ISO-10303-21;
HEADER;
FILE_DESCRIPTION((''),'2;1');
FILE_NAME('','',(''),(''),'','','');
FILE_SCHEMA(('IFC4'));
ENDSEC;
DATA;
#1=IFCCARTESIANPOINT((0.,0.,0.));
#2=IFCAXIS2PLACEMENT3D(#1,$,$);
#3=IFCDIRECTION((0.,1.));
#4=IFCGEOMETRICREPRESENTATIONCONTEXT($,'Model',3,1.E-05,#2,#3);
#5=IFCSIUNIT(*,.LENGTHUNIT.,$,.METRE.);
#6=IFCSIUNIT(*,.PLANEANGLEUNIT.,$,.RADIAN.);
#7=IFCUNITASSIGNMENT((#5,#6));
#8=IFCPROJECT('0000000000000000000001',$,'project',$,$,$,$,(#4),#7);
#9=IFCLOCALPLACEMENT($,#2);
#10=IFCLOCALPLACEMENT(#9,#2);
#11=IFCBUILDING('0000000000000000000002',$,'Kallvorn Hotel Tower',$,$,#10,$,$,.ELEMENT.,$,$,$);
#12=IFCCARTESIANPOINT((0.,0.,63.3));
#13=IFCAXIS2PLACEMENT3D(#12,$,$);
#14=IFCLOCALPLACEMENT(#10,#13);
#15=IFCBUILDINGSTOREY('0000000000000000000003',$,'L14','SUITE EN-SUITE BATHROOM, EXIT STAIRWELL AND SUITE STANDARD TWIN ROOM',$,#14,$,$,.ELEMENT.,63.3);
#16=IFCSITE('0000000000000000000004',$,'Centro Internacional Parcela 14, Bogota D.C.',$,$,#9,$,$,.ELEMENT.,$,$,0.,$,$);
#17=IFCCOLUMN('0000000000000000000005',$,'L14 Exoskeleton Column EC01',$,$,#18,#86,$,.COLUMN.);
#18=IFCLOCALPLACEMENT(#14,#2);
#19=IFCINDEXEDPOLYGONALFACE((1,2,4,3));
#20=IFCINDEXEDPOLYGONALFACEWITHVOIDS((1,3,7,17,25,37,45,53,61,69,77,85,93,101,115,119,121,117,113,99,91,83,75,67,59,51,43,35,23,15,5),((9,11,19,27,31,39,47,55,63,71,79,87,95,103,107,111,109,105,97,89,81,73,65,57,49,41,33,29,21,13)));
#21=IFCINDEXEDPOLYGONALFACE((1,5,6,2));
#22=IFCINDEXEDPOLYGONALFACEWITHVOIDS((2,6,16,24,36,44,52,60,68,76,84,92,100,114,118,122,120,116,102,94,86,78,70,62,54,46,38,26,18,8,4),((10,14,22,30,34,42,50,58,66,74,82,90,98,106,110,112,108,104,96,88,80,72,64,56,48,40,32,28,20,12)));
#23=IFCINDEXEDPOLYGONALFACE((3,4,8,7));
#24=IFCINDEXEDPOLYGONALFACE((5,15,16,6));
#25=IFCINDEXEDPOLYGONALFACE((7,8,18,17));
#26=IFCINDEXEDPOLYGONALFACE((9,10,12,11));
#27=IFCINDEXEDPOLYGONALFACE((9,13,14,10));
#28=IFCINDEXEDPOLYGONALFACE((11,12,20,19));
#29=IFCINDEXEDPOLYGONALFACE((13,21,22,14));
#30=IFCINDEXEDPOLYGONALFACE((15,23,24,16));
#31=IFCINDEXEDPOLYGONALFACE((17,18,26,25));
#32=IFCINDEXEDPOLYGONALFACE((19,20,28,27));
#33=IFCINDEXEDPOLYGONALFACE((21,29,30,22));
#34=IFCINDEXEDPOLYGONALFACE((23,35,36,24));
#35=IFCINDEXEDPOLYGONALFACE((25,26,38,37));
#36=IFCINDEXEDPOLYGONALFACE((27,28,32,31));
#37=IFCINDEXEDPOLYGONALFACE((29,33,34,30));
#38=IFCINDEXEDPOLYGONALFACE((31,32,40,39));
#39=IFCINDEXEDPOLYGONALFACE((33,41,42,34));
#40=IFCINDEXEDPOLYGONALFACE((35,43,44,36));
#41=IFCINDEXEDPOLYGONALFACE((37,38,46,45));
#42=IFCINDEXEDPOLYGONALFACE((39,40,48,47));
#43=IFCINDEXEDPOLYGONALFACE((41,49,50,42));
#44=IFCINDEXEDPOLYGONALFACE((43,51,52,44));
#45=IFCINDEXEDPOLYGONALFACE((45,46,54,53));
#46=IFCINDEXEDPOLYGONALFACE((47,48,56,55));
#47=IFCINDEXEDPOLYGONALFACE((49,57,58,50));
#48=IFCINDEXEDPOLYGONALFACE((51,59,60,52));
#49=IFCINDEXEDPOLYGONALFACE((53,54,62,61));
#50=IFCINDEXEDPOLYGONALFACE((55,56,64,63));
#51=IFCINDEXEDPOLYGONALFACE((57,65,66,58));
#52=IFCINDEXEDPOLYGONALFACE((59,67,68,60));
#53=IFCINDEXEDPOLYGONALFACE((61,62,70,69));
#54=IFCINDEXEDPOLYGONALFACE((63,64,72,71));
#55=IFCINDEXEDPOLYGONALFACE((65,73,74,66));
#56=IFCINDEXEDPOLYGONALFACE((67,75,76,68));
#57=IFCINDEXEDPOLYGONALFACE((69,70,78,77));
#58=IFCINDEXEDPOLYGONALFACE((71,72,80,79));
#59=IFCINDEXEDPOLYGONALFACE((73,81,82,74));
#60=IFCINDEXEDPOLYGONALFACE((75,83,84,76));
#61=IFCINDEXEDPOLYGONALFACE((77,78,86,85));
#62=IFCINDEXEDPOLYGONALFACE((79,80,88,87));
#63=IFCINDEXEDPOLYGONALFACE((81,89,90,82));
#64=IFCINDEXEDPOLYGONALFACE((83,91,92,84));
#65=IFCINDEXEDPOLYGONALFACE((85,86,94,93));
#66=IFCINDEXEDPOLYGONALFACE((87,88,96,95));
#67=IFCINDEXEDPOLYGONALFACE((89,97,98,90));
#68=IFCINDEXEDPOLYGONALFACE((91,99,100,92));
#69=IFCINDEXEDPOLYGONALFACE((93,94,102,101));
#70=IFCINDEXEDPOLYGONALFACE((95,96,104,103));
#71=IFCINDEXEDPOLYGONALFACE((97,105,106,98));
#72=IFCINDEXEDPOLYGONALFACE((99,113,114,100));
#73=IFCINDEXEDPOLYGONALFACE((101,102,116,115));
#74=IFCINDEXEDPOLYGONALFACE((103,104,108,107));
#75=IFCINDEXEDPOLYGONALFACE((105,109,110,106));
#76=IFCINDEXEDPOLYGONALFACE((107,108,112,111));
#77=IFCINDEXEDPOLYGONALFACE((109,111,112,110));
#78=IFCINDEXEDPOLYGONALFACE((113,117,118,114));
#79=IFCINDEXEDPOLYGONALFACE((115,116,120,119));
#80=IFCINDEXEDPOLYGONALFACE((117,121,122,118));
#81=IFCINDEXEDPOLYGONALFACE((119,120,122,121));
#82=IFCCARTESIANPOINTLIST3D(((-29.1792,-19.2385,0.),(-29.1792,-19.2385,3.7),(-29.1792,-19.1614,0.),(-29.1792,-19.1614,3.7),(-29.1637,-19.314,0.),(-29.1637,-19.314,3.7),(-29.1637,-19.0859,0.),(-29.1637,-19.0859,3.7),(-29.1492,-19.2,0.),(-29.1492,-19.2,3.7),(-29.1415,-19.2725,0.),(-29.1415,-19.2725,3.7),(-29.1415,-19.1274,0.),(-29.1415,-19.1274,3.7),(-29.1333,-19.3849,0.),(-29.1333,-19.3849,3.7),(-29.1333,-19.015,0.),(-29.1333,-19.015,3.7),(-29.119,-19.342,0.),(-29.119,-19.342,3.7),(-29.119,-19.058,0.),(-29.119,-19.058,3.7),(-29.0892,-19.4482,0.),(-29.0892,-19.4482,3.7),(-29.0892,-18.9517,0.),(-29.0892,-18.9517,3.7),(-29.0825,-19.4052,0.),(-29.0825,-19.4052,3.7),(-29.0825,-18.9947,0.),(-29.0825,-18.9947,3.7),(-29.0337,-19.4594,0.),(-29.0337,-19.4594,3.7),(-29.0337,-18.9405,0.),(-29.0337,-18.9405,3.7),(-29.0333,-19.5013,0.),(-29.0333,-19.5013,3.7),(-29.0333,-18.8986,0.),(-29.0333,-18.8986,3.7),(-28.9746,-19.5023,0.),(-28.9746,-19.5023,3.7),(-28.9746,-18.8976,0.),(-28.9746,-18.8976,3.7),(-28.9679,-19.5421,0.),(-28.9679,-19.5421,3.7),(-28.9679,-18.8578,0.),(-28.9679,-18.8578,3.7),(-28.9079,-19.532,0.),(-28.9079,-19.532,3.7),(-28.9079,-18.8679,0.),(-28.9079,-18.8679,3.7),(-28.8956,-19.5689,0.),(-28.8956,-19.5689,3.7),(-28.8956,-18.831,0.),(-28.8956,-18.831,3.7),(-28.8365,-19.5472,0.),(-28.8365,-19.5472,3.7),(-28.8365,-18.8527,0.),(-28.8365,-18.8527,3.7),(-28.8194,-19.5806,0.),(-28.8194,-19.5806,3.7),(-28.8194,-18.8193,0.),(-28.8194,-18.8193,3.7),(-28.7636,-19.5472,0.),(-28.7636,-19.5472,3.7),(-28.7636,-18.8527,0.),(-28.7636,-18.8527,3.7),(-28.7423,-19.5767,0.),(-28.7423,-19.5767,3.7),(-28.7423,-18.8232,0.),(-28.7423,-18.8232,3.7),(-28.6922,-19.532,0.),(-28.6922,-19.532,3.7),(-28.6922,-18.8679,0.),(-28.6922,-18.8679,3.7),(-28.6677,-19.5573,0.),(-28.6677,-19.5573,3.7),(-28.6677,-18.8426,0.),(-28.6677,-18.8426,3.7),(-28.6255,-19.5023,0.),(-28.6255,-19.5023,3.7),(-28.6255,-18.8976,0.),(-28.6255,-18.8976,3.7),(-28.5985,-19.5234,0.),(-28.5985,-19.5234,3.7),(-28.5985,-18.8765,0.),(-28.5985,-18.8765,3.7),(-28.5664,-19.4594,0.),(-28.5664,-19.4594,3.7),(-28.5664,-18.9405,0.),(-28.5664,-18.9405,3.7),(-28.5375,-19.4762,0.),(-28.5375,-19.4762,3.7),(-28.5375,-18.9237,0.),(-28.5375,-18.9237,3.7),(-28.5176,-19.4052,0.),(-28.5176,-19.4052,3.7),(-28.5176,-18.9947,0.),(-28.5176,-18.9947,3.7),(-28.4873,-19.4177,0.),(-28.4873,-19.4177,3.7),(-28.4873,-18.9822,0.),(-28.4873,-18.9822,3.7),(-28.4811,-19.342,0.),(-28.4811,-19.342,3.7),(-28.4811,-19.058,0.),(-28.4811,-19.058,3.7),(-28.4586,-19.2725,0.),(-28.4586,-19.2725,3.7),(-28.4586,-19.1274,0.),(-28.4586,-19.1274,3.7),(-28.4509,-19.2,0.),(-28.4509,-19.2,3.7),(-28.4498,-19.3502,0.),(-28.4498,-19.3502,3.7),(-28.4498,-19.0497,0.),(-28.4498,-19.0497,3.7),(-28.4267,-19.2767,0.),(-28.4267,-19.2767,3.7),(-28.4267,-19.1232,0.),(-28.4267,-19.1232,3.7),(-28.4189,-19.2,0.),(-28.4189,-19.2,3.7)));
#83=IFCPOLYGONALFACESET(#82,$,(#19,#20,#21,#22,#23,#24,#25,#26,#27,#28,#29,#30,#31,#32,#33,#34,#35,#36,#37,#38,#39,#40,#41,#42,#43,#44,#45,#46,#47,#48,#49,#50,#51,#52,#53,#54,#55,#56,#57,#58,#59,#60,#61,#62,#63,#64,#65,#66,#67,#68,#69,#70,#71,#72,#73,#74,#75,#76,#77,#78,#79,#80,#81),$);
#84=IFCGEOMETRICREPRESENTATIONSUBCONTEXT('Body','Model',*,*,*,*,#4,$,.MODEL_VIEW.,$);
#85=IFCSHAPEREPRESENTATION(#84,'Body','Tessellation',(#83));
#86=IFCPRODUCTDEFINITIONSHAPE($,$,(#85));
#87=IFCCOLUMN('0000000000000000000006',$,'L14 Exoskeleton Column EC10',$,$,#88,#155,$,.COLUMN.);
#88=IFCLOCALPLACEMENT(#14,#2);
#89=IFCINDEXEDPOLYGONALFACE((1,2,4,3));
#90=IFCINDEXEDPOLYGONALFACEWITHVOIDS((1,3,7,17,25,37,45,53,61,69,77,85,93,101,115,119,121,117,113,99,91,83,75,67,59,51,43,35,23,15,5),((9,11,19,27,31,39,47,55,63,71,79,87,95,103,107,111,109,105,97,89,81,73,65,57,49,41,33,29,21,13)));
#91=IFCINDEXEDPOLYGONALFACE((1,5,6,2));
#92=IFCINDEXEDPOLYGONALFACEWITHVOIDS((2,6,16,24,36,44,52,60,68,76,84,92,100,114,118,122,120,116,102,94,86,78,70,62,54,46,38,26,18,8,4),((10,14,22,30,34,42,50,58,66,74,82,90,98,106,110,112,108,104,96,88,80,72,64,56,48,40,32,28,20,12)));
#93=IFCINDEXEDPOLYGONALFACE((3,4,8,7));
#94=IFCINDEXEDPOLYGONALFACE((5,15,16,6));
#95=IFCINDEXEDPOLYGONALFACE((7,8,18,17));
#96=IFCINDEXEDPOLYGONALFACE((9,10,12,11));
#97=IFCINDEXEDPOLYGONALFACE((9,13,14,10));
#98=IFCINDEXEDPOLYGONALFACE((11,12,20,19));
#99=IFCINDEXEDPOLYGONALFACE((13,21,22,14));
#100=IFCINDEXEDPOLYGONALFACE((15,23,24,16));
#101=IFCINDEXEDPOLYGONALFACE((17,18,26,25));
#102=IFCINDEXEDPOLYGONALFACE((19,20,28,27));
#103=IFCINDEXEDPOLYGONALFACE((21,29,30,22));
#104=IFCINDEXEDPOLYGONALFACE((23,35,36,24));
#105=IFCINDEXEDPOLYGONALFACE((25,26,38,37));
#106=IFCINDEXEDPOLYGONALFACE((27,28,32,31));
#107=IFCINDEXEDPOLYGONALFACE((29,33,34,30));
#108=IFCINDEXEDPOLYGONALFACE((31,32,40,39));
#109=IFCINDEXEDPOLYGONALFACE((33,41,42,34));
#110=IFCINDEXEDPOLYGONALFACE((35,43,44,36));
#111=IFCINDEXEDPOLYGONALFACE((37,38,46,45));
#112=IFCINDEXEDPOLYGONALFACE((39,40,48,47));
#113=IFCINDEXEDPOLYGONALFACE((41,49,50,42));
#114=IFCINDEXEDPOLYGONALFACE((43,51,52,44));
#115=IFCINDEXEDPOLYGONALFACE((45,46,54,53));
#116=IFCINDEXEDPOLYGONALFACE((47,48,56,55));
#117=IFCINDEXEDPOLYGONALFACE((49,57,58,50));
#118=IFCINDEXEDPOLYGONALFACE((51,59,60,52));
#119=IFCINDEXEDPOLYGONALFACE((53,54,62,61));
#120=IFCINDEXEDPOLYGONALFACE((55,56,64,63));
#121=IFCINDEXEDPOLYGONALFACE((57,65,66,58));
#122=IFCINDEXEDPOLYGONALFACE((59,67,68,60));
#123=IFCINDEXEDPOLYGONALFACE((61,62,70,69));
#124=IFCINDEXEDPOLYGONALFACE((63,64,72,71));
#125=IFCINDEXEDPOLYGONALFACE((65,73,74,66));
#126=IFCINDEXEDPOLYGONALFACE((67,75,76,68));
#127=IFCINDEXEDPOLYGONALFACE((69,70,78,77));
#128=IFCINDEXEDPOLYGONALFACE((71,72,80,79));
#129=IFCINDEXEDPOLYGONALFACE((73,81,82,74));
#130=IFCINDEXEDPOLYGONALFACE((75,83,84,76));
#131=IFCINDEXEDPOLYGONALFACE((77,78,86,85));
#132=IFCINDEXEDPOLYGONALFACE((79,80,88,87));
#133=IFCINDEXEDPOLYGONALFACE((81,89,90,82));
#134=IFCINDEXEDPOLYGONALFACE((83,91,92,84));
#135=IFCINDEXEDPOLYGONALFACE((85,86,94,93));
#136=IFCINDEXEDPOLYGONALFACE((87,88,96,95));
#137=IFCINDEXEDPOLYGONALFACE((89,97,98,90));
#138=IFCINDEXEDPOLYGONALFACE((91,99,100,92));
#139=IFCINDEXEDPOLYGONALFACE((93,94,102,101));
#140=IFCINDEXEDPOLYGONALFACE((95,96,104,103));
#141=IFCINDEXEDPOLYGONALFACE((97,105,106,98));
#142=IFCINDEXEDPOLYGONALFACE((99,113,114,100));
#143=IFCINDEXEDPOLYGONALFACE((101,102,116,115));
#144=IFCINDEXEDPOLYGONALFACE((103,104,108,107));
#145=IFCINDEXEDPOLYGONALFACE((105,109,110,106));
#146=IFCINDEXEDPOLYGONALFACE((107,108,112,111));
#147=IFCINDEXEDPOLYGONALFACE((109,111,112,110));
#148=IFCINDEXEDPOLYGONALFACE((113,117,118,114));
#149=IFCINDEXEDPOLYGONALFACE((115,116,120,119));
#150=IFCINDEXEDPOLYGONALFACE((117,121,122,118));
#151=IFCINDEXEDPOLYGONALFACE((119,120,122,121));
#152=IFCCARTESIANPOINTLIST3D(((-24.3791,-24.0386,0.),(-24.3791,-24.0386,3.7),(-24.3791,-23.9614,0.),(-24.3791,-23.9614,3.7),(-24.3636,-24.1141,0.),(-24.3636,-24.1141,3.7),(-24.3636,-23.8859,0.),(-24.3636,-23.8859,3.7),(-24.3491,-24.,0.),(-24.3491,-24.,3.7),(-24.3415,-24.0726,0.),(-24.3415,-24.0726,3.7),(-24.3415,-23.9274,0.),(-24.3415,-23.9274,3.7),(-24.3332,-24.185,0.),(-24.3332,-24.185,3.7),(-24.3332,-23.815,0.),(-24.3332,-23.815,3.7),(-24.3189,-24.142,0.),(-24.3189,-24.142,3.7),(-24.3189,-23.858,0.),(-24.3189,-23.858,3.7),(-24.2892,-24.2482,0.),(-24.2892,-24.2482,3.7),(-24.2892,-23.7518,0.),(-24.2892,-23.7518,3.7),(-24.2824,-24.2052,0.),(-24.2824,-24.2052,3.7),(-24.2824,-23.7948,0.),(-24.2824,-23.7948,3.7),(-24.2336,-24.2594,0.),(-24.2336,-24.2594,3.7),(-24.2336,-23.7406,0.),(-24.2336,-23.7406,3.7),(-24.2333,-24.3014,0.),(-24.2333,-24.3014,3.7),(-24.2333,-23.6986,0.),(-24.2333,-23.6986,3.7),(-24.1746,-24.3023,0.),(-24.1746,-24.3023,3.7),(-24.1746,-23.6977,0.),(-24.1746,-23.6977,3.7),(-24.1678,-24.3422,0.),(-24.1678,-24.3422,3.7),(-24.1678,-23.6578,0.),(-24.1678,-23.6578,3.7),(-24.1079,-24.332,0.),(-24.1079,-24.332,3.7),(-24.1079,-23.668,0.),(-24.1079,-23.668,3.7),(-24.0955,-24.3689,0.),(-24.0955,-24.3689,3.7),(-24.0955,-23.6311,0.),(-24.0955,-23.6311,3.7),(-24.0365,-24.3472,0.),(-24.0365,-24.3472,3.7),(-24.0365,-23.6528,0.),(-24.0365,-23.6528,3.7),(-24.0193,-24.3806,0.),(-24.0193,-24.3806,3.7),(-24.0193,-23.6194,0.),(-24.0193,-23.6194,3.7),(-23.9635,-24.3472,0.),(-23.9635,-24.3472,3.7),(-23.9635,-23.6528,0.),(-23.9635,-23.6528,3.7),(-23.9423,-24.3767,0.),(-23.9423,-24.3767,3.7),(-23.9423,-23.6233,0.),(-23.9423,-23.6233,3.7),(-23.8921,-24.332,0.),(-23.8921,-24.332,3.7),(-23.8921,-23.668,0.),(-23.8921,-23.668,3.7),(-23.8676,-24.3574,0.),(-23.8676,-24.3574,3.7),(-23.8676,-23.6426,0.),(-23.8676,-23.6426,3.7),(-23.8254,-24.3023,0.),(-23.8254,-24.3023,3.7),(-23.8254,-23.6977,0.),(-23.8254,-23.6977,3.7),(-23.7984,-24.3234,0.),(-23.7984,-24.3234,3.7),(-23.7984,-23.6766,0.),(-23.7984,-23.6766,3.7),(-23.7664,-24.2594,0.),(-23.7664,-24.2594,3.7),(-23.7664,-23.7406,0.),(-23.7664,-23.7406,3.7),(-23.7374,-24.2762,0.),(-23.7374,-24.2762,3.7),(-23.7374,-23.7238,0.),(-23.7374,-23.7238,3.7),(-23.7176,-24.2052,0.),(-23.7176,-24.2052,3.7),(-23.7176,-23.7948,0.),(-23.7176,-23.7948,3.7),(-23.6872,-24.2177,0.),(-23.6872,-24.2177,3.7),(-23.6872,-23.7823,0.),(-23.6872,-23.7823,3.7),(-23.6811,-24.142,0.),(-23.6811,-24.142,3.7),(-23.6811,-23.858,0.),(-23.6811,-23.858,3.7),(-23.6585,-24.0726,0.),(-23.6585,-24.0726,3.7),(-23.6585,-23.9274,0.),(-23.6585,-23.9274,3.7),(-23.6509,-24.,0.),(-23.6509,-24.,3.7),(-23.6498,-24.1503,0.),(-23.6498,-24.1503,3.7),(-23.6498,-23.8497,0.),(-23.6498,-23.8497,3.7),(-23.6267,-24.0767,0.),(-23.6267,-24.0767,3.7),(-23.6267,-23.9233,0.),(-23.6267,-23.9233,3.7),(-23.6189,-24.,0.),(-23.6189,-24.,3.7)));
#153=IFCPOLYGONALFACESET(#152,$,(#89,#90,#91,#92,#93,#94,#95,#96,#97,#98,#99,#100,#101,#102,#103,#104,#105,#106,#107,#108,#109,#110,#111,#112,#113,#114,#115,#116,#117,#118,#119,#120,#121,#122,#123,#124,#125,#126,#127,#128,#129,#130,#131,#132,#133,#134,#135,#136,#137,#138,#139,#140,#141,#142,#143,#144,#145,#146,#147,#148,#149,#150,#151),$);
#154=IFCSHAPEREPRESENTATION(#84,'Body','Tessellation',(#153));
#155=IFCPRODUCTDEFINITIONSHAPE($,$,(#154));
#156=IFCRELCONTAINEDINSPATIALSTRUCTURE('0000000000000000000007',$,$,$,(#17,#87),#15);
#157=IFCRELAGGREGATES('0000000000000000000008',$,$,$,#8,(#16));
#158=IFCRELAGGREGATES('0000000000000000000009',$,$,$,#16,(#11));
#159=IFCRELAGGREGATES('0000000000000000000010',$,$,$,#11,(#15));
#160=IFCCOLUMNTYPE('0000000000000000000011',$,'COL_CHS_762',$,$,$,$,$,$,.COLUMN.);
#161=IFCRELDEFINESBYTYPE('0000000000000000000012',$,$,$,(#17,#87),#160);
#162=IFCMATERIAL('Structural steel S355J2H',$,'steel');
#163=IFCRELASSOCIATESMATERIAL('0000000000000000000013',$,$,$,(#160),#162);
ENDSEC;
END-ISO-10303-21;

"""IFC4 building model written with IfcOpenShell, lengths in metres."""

from ifc_helpers import new_model, si_unit, direction, frame, origin, origin_2d, place, context, subcontext, project, spatial, hollow_circle, extrude, material, material_profile, profile_set, type_object, element, save


model = new_model("IFC4")

# Units and contexts
model_context = context("Model", 3, precision=1e-05, world=origin(), true_north=direction((0.0, 1.0)))
body_context = subcontext(model_context, "Body", "Model", "MODEL_VIEW")
ifc_project = project(units=[si_unit("LENGTHUNIT", "METRE"), si_unit("PLANEANGLEUNIT", "RADIAN")], contexts=[model_context])

# Site, building, storey
site_placement = place(None, origin())
site = spatial("IfcSite", under=ifc_project, at=site_placement, Name="Centro Internacional Parcela 14, Bogota D.C.", CompositionType="ELEMENT", RefElevation=0.0)
building_placement = place(site_placement, origin())
building = spatial("IfcBuilding", under=site, at=building_placement, Name="Kallvorn Hotel Tower", CompositionType="ELEMENT")
storey_placement = place(building_placement, frame((0.0, 0.0, 63.3)))
storey = spatial("IfcBuildingStorey", under=building, at=storey_placement, Name="L14", Description="SUITE EN-SUITE BATHROOM, EXIT STAIRWELL AND SUITE STANDARD TWIN ROOM", CompositionType="ELEMENT", Elevation=63.3)

# Columns
ifc_material_1 = material(Name="Structural steel S355J2H", Category="steel")
ifc_material_profile_1 = material_profile(ifc_material_1, hollow_circle(Radius=0.3811, WallThickness=0.032, at=origin_2d()), Name="CHS 762x32")
ifc_profile_set_1 = profile_set([ifc_material_profile_1], Name="Structural steel S355J2H")
column_type = type_object("IfcColumnType", Name="COL_CHS_762", PredefinedType="COLUMN", material=ifc_profile_set_1)
for number, where, z_axis, x_axis, name in (
    (1, (-28.8, -19.2, 0.0), (0.0, 0.0, 1.0), (1.0, 0.0, 0.0), "L14 Exoskeleton Column EC01"),
    (2, (-24.0, -24.0, 0.0), (0.0, 0.0, 1.0), (1.0, 0.0, 0.0), "L14 Exoskeleton Column EC10"),
):
    element("IfcColumn", number, at=place(storey_placement, frame(where, z_axis=z_axis, x_axis=x_axis)), inside=storey, type_object=column_type, Name=name, PredefinedType="COLUMN", context=body_context, shape_type="SweptSolid", body=[
        extrude(hollow_circle(Radius=0.3811, WallThickness=0.032, at=origin_2d()), origin(), (0.0, 0.0, 1.0), 3.7),
    ])

save(model, "model.ifc")
